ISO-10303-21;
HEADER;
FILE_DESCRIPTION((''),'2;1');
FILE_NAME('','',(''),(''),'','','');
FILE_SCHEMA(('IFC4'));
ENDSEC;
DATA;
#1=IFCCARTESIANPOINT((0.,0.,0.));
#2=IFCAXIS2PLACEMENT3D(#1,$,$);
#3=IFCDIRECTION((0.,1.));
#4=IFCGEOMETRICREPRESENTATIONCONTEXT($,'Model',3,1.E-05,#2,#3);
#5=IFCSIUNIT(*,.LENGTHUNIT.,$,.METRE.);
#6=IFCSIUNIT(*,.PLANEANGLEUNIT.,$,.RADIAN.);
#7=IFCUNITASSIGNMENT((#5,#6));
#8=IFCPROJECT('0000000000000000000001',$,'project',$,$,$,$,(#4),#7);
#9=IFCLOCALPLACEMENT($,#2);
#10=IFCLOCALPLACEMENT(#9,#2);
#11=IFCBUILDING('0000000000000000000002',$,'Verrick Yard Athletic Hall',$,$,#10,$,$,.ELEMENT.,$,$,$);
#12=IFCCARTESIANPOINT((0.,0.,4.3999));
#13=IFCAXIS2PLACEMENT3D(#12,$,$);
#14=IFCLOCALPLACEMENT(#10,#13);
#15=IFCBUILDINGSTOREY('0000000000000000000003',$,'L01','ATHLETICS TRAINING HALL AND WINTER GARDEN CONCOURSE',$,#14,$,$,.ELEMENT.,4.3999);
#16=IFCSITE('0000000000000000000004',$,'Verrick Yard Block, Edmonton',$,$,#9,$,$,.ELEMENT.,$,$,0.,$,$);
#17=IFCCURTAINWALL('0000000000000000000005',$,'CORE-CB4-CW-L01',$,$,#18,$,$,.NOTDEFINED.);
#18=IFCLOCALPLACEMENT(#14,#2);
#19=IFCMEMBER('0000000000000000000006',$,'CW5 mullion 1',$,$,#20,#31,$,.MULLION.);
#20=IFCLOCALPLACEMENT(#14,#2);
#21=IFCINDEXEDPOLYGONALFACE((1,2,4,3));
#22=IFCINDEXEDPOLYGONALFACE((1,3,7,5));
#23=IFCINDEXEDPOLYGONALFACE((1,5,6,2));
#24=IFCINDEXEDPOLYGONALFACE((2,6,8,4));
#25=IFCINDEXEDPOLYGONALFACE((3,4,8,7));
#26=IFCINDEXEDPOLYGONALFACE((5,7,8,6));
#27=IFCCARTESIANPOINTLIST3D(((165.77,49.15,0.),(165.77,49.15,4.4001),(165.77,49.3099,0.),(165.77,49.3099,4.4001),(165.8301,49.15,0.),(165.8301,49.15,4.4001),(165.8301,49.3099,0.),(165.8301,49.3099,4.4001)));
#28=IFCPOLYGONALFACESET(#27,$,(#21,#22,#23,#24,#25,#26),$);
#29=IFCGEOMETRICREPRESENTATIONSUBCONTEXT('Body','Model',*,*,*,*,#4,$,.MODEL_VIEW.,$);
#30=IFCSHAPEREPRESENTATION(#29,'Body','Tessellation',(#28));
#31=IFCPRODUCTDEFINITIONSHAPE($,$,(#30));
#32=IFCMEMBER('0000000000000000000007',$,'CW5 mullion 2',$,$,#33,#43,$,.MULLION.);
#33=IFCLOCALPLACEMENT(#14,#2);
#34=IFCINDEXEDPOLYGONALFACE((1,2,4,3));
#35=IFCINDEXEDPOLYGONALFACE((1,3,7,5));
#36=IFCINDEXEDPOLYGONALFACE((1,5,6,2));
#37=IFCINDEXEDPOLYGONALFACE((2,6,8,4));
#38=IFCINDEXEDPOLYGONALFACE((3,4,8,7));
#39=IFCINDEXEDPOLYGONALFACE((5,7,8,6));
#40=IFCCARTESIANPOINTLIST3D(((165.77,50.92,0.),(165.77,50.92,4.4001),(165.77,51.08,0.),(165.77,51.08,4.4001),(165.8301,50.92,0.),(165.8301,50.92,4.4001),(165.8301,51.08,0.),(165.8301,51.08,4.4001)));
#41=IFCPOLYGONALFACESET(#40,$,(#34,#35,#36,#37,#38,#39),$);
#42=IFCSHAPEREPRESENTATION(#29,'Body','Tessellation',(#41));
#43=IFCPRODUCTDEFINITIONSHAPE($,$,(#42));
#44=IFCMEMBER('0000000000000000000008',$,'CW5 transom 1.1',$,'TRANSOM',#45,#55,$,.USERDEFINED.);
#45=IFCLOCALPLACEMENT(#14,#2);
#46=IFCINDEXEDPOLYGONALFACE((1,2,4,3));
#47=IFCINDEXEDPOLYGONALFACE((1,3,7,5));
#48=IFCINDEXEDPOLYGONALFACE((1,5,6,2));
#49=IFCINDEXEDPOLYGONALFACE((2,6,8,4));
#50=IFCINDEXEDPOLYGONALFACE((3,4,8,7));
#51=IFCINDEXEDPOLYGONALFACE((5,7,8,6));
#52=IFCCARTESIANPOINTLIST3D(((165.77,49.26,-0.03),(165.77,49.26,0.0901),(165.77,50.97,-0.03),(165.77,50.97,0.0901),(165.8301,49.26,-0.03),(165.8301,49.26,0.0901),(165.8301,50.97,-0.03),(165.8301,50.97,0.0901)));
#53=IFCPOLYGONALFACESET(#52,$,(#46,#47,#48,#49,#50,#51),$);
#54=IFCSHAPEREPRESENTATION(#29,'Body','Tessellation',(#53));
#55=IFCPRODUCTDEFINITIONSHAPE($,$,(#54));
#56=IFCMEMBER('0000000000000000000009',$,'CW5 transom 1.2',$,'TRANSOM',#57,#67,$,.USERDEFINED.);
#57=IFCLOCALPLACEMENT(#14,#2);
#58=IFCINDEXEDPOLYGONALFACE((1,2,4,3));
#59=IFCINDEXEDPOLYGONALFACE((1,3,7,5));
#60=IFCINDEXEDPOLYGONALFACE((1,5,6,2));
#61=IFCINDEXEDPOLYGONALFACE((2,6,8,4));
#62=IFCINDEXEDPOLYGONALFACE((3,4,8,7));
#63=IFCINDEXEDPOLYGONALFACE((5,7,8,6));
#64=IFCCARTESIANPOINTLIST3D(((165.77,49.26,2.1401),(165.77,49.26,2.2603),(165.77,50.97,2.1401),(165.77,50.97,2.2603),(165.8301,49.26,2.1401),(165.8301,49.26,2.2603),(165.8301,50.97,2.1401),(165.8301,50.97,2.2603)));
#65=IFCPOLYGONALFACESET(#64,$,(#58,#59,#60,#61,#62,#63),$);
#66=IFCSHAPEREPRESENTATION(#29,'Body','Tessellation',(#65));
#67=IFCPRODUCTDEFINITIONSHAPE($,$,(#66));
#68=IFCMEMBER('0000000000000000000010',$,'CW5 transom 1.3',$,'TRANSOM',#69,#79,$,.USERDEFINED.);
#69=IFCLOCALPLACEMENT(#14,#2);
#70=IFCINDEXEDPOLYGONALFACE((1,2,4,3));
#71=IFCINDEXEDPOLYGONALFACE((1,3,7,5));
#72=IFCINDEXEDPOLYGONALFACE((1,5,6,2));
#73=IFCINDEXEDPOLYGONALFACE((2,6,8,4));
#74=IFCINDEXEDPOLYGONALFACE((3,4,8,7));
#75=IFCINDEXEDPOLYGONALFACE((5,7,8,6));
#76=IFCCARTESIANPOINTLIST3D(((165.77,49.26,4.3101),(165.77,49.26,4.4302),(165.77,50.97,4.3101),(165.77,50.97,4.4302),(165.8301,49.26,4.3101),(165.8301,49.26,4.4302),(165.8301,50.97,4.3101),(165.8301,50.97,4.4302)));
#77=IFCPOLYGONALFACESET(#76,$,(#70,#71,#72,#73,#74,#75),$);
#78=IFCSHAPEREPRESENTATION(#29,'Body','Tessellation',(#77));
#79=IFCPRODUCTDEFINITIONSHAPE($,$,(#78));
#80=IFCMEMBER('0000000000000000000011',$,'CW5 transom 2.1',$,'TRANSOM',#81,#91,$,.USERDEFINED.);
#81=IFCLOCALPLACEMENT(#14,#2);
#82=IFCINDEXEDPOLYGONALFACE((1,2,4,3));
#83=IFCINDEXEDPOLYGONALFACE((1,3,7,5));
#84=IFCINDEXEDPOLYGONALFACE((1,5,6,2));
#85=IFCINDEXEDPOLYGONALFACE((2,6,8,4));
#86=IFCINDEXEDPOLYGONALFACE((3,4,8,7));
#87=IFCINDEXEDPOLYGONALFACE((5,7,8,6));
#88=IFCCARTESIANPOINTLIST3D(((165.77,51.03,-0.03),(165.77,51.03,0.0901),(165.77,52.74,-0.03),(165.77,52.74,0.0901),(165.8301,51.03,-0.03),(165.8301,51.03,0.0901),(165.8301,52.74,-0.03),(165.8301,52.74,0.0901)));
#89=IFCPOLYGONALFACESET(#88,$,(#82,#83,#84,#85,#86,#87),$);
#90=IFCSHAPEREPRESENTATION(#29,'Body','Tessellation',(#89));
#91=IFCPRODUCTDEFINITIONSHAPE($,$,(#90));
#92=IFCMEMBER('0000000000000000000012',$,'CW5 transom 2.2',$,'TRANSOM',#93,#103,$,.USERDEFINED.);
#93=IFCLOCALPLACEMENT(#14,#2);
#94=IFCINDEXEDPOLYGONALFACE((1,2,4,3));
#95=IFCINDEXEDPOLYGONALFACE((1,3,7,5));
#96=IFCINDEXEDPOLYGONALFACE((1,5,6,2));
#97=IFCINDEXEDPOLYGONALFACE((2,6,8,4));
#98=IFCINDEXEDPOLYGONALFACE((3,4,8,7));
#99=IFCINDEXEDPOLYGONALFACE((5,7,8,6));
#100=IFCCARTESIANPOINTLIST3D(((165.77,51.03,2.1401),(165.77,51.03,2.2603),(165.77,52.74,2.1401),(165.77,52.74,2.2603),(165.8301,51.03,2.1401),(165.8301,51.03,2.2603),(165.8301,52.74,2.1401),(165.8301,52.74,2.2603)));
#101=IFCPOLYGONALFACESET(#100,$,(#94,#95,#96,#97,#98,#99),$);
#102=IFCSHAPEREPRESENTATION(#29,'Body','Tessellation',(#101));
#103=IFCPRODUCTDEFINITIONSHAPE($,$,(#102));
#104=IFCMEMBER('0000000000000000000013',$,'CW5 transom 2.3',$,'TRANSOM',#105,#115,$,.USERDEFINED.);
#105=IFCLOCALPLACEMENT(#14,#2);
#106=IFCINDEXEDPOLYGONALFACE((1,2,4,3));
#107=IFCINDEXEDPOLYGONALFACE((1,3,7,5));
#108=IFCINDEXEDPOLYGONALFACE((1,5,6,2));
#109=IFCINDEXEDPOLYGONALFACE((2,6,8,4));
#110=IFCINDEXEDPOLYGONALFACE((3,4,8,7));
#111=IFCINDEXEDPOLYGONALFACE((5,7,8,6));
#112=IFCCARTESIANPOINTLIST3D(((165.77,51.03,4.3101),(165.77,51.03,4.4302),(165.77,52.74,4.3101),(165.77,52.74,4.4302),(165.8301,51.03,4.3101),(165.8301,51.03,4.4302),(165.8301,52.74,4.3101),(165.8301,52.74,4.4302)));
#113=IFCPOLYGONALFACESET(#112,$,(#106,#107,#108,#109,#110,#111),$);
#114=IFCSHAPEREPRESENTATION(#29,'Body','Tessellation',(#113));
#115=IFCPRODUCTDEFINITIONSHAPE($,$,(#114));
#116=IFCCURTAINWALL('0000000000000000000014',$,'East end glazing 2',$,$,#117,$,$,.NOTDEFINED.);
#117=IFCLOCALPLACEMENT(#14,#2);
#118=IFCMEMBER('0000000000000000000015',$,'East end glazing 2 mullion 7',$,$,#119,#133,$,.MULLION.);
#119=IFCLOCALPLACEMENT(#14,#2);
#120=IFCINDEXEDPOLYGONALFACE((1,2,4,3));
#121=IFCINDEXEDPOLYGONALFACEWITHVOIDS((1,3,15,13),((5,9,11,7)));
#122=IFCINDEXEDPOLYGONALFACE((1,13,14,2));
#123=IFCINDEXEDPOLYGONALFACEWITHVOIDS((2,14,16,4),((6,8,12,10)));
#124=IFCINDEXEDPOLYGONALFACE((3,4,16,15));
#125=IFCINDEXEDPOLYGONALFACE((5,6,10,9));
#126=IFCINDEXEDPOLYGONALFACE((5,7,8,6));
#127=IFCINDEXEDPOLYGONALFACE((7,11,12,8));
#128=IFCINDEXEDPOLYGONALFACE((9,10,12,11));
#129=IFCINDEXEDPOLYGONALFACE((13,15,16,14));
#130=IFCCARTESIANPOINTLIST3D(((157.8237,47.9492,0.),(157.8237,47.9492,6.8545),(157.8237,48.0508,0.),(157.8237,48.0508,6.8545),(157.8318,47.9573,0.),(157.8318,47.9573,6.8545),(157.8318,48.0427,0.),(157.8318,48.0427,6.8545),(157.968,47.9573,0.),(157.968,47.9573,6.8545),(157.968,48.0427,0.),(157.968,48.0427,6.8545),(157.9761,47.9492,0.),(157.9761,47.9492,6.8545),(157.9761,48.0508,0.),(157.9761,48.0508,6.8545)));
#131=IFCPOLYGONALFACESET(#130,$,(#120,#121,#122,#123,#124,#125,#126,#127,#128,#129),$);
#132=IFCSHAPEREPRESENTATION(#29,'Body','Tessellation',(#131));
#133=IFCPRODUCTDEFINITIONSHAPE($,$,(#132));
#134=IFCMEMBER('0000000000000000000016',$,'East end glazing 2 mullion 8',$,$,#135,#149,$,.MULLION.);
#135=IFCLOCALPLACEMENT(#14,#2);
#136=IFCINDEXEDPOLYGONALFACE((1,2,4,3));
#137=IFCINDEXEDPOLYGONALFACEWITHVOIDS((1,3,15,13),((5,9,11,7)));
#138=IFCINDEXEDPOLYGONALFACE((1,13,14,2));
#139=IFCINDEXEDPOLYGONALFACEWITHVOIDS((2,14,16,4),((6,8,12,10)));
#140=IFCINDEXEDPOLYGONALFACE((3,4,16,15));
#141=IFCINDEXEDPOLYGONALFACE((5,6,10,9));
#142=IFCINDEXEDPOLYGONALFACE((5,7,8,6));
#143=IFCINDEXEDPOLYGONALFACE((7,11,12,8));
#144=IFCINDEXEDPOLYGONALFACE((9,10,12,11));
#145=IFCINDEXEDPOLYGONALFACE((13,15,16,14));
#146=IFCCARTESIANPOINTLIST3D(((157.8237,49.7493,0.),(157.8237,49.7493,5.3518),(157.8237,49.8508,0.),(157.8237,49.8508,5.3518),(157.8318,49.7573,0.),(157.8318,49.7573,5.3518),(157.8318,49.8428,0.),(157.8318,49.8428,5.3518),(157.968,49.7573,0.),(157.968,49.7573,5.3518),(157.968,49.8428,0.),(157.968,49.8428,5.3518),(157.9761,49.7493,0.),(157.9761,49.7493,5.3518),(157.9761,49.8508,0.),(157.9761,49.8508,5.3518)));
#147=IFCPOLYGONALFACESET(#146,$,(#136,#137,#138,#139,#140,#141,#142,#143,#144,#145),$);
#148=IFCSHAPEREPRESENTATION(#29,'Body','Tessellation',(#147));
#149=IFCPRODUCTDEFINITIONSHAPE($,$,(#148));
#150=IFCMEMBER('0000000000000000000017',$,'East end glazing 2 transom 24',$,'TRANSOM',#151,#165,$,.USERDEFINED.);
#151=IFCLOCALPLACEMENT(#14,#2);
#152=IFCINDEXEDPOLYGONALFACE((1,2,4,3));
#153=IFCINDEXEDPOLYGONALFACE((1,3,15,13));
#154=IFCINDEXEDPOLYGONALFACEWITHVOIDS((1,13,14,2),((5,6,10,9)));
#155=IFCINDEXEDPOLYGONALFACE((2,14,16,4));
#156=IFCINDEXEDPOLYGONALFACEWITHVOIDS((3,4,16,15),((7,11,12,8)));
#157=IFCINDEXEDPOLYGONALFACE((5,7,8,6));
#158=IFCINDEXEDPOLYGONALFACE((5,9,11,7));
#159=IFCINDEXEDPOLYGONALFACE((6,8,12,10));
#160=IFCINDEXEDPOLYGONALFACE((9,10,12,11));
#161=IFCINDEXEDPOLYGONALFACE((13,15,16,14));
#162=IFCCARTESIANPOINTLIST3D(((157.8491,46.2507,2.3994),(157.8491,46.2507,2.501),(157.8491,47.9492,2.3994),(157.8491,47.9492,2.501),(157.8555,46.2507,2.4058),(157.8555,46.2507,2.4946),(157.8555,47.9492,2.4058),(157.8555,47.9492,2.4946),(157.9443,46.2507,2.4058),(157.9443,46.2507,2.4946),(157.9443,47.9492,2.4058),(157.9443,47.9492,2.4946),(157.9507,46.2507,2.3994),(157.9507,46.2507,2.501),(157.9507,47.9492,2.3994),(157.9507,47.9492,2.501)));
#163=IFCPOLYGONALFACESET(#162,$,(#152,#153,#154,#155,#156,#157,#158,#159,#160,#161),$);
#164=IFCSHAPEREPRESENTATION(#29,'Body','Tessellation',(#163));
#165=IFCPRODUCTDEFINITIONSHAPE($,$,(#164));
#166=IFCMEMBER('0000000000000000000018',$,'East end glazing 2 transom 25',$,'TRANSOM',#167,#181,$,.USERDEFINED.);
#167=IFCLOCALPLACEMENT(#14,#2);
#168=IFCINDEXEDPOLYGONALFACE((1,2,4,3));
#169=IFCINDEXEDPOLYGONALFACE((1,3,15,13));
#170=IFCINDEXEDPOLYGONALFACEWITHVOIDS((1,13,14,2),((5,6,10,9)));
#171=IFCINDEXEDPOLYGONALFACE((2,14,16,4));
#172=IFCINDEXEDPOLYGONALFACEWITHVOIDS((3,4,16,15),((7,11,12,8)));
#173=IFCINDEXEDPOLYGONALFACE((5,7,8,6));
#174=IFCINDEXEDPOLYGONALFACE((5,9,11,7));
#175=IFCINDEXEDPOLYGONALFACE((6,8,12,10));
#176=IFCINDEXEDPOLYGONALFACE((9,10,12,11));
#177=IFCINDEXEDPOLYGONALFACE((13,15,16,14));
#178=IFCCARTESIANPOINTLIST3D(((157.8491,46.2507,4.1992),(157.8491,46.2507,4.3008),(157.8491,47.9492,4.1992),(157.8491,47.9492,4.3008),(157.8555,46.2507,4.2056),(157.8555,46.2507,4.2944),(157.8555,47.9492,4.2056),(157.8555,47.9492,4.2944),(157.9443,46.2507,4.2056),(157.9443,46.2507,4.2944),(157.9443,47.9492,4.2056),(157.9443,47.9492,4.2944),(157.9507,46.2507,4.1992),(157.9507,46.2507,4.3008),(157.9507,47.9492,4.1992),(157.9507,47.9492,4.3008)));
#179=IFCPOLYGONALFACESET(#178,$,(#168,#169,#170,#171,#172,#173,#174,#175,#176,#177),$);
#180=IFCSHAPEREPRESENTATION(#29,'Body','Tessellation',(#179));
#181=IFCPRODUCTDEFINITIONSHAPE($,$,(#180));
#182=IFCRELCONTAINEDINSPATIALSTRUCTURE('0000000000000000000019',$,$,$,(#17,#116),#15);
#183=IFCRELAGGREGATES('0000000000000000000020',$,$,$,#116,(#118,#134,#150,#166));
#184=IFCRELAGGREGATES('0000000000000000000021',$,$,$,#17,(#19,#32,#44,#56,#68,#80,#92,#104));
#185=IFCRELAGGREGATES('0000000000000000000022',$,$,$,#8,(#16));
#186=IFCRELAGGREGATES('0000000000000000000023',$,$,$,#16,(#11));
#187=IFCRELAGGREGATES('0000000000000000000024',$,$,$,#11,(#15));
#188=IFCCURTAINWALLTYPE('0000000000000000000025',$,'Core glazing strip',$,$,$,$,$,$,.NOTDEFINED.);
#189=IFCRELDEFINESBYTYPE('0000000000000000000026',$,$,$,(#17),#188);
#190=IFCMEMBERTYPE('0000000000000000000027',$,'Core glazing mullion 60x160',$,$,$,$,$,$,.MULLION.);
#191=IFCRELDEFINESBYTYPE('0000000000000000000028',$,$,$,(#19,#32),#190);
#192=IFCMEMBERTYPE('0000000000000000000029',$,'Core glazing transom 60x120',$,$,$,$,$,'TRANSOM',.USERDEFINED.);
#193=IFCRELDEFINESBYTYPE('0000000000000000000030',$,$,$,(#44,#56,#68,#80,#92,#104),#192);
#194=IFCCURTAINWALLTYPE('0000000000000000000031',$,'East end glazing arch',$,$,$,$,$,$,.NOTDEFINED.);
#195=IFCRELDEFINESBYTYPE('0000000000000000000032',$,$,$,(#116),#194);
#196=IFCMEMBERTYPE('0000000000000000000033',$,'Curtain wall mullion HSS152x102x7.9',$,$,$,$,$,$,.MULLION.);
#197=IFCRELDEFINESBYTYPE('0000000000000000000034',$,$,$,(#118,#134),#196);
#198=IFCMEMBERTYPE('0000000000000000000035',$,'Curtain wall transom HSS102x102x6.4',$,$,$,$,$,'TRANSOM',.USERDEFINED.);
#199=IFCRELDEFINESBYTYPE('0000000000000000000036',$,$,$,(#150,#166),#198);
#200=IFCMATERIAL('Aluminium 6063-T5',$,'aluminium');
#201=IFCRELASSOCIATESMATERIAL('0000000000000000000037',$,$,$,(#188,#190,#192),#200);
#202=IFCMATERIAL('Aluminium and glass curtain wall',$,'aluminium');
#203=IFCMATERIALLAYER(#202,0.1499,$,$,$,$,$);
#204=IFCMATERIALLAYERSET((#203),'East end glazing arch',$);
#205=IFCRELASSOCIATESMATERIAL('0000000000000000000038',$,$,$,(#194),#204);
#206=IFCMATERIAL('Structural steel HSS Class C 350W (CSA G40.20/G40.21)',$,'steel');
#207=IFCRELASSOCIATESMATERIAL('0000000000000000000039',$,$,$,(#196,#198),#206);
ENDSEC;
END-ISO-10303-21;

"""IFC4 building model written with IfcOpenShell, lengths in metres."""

from ifc_helpers import new_model, si_unit, direction, frame, origin, origin_2d, place, context, subcontext, project, spatial, rectangle, hollow_rectangle, extrude, material, layer, layer_set, material_profile, profile_set, type_object, element, aggregate, save


model = new_model("IFC4")

# Units and contexts
model_context = context("Model", 3, precision=1e-05, world=origin(), true_north=direction((0.0, 1.0)))
body_context = subcontext(model_context, "Body", "Model", "MODEL_VIEW")
ifc_project = project(units=[si_unit("LENGTHUNIT", "METRE"), si_unit("PLANEANGLEUNIT", "RADIAN")], contexts=[model_context])

# Site, building, storey
site_placement = place(None, origin())
site = spatial("IfcSite", under=ifc_project, at=site_placement, Name="Verrick Yard Block, Edmonton", CompositionType="ELEMENT", RefElevation=0.0)
building_placement = place(site_placement, origin())
building = spatial("IfcBuilding", under=site, at=building_placement, Name="Verrick Yard Athletic Hall", CompositionType="ELEMENT")
storey_placement = place(building_placement, frame((0.0, 0.0, 4.3999)))
storey = spatial("IfcBuildingStorey", under=building, at=storey_placement, Name="L01", Description="ATHLETICS TRAINING HALL AND WINTER GARDEN CONCOURSE", CompositionType="ELEMENT", Elevation=4.3999)

# Curtain walls, members
ifc_material_1 = material(Name="Aluminium 6063-T5", Category="aluminium")
curtain_wall_type_1 = type_object("IfcCurtainWallType", Name="Core glazing strip", PredefinedType="NOTDEFINED", material=ifc_material_1)
curtain_wall_1_placement = place(storey_placement, origin())
curtain_wall_1 = element("IfcCurtainWall", 1, at=curtain_wall_1_placement, inside=storey, type_object=curtain_wall_type_1, Name="CORE-CB4-CW-L01", PredefinedType="NOTDEFINED")
ifc_material_profile_1 = material_profile(ifc_material_1, rectangle(XDim=0.0601, YDim=0.1599, at=origin_2d()), Name="Core glazing mullion 60x160")
ifc_profile_set_1 = profile_set([ifc_material_profile_1], Name="Aluminium 6063-T5")
member_type_1 = type_object("IfcMemberType", Name="Core glazing mullion 60x160", PredefinedType="MULLION", material=ifc_profile_set_1)
member_1_placement = place(storey_placement, frame((165.8, 49.23, 0.0), z_axis=(0.0, 0.0, 1.0), x_axis=(-1.0, 0.0, 0.0)))
member_1 = element("IfcMember", 2, at=member_1_placement, type_object=member_type_1, Name="CW5 mullion 1", PredefinedType="MULLION", context=body_context, shape_type="SweptSolid", body=[
    extrude(rectangle(XDim=0.0601, YDim=0.1599, at=origin_2d()), origin(), (0.0, 0.0, 1.0), 4.4001),
])
member_2_placement = place(storey_placement, frame((165.8, 51.0, 0.0), z_axis=(0.0, 0.0, 1.0), x_axis=(-1.0, 0.0, 0.0)))
member_2 = element("IfcMember", 3, at=member_2_placement, type_object=member_type_1, Name="CW5 mullion 2", PredefinedType="MULLION", context=body_context, shape_type="SweptSolid", body=[
    extrude(rectangle(XDim=0.0601, YDim=0.1599, at=origin_2d()), origin(), (0.0, 0.0, 1.0), 4.4001),
])
ifc_material_profile_2 = material_profile(ifc_material_1, rectangle(XDim=0.0601, YDim=0.1201, at=origin_2d()), Name="Core glazing transom 60x120")
ifc_profile_set_2 = profile_set([ifc_material_profile_2], Name="Aluminium 6063-T5")
member_type_2 = type_object("IfcMemberType", Name="Core glazing transom 60x120", ElementType="TRANSOM", PredefinedType="USERDEFINED", material=ifc_profile_set_2)
member_3_placement = place(storey_placement, frame((165.8, 49.26, 0.03), z_axis=(0.0, 1.0, 0.0), x_axis=(-1.0, 0.0, 0.0)))
member_3 = element("IfcMember", 4, at=member_3_placement, type_object=member_type_2, Name="CW5 transom 1.1", ObjectType="TRANSOM", PredefinedType="USERDEFINED", context=body_context, shape_type="SweptSolid", body=[
    extrude(rectangle(XDim=0.0601, YDim=0.1201, at=origin_2d()), origin(), (0.0, 0.0, 1.0), 1.71),
])
member_4_placement = place(storey_placement, frame((165.8, 49.26, 2.2002), z_axis=(0.0, 1.0, 0.0), x_axis=(-1.0, 0.0, 0.0)))
member_4 = element("IfcMember", 5, at=member_4_placement, type_object=member_type_2, Name="CW5 transom 1.2", ObjectType="TRANSOM", PredefinedType="USERDEFINED", context=body_context, shape_type="SweptSolid", body=[
    extrude(rectangle(XDim=0.0601, YDim=0.1201, at=origin_2d()), origin(), (0.0, 0.0, 1.0), 1.71),
])
member_5_placement = place(storey_placement, frame((165.8, 49.26, 4.3701), z_axis=(0.0, 1.0, 0.0), x_axis=(-1.0, 0.0, 0.0)))
member_5 = element("IfcMember", 6, at=member_5_placement, type_object=member_type_2, Name="CW5 transom 1.3", ObjectType="TRANSOM", PredefinedType="USERDEFINED", context=body_context, shape_type="SweptSolid", body=[
    extrude(rectangle(XDim=0.0601, YDim=0.1201, at=origin_2d()), origin(), (0.0, 0.0, 1.0), 1.71),
])
member_6_placement = place(storey_placement, frame((165.8, 51.03, 0.03), z_axis=(0.0, 1.0, 0.0), x_axis=(-1.0, 0.0, 0.0)))
member_6 = element("IfcMember", 7, at=member_6_placement, type_object=member_type_2, Name="CW5 transom 2.1", ObjectType="TRANSOM", PredefinedType="USERDEFINED", context=body_context, shape_type="SweptSolid", body=[
    extrude(rectangle(XDim=0.0601, YDim=0.1201, at=origin_2d()), origin(), (0.0, 0.0, 1.0), 1.71),
])
member_7_placement = place(storey_placement, frame((165.8, 51.03, 2.2002), z_axis=(0.0, 1.0, 0.0), x_axis=(-1.0, 0.0, 0.0)))
member_7 = element("IfcMember", 8, at=member_7_placement, type_object=member_type_2, Name="CW5 transom 2.2", ObjectType="TRANSOM", PredefinedType="USERDEFINED", context=body_context, shape_type="SweptSolid", body=[
    extrude(rectangle(XDim=0.0601, YDim=0.1201, at=origin_2d()), origin(), (0.0, 0.0, 1.0), 1.71),
])
member_8_placement = place(storey_placement, frame((165.8, 51.03, 4.3701), z_axis=(0.0, 1.0, 0.0), x_axis=(-1.0, 0.0, 0.0)))
member_8 = element("IfcMember", 9, at=member_8_placement, type_object=member_type_2, Name="CW5 transom 2.3", ObjectType="TRANSOM", PredefinedType="USERDEFINED", context=body_context, shape_type="SweptSolid", body=[
    extrude(rectangle(XDim=0.0601, YDim=0.1201, at=origin_2d()), origin(), (0.0, 0.0, 1.0), 1.71),
])
ifc_material_2 = material(Name="Aluminium and glass curtain wall", Category="aluminium")
ifc_layer_1 = layer(ifc_material_2, 0.1499)
ifc_layer_set_1 = layer_set([ifc_layer_1], Name="East end glazing arch")
curtain_wall_type_2 = type_object("IfcCurtainWallType", Name="East end glazing arch", PredefinedType="NOTDEFINED", material=ifc_layer_set_1)
curtain_wall_2_placement = place(storey_placement, origin())
curtain_wall_2 = element("IfcCurtainWall", 10, at=curtain_wall_2_placement, inside=storey, type_object=curtain_wall_type_2, Name="East end glazing 2", PredefinedType="NOTDEFINED")
ifc_material_3 = material(Name="Structural steel HSS Class C 350W (CSA G40.20/G40.21)", Category="steel")
ifc_material_profile_3 = material_profile(ifc_material_3, hollow_rectangle(XDim=0.1016, YDim=0.1523, WallThickness=0.0081, at=origin_2d()), Name="HSS152x102x7.9")
ifc_profile_set_3 = profile_set([ifc_material_profile_3], Name="Structural steel HSS Class C 350W (CSA G40.20/G40.21)")
member_type_3 = type_object("IfcMemberType", Name="Curtain wall mullion HSS152x102x7.9", PredefinedType="MULLION", material=ifc_profile_set_3)
member_9_placement = place(storey_placement, frame((157.8999, 48.0, 0.0), z_axis=(0.0, 0.0, 1.0), x_axis=(0.0, 1.0, 0.0)))
member_9 = element("IfcMember", 11, at=member_9_placement, type_object=member_type_3, Name="East end glazing 2 mullion 7", PredefinedType="MULLION", context=body_context, shape_type="SweptSolid", body=[
    extrude(hollow_rectangle(XDim=0.1016, YDim=0.1523, WallThickness=0.0081, at=origin_2d()), origin(), (0.0, 0.0, 1.0), 6.8545),
])
member_10_placement = place(storey_placement, frame((157.8999, 49.8, 0.0), z_axis=(0.0, 0.0, 1.0), x_axis=(0.0, 1.0, 0.0)))
member_10 = element("IfcMember", 12, at=member_10_placement, type_object=member_type_3, Name="East end glazing 2 mullion 8", PredefinedType="MULLION", context=body_context, shape_type="SweptSolid", body=[
    extrude(hollow_rectangle(XDim=0.1016, YDim=0.1523, WallThickness=0.0081, at=origin_2d()), origin(), (0.0, 0.0, 1.0), 5.3518),
])
ifc_material_profile_4 = material_profile(ifc_material_3, hollow_rectangle(XDim=0.1016, YDim=0.1016, WallThickness=0.0063, at=origin_2d()), Name="HSS102x102x6.4")
ifc_profile_set_4 = profile_set([ifc_material_profile_4], Name="Structural steel HSS Class C 350W (CSA G40.20/G40.21)")
member_type_4 = type_object("IfcMemberType", Name="Curtain wall transom HSS102x102x6.4", ElementType="TRANSOM", PredefinedType="USERDEFINED", material=ifc_profile_set_4)
member_11_placement = place(storey_placement, frame((157.8999, 46.2507, 2.4502), z_axis=(0.0, 1.0, 0.0), x_axis=(-1.0, 0.0, 0.0)))
member_11 = element("IfcMember", 13, at=member_11_placement, type_object=member_type_4, Name="East end glazing 2 transom 24", ObjectType="TRANSOM", PredefinedType="USERDEFINED", context=body_context, shape_type="SweptSolid", body=[
    extrude(hollow_rectangle(XDim=0.1016, YDim=0.1016, WallThickness=0.0063, at=origin_2d()), origin(), (0.0, 0.0, 1.0), 1.6985),
])
member_12_placement = place(storey_placement, frame((157.8999, 46.2507, 4.25), z_axis=(0.0, 1.0, 0.0), x_axis=(-1.0, 0.0, 0.0)))
member_12 = element("IfcMember", 14, at=member_12_placement, type_object=member_type_4, Name="East end glazing 2 transom 25", ObjectType="TRANSOM", PredefinedType="USERDEFINED", context=body_context, shape_type="SweptSolid", body=[
    extrude(hollow_rectangle(XDim=0.1016, YDim=0.1016, WallThickness=0.0063, at=origin_2d()), origin(), (0.0, 0.0, 1.0), 1.6985),
])
aggregate(curtain_wall_2, [member_9, member_10, member_11, member_12])

aggregate(curtain_wall_1, [member_1, member_2, member_3, member_4, member_5, member_6, member_7, member_8])

save(model, "model.ifc")
